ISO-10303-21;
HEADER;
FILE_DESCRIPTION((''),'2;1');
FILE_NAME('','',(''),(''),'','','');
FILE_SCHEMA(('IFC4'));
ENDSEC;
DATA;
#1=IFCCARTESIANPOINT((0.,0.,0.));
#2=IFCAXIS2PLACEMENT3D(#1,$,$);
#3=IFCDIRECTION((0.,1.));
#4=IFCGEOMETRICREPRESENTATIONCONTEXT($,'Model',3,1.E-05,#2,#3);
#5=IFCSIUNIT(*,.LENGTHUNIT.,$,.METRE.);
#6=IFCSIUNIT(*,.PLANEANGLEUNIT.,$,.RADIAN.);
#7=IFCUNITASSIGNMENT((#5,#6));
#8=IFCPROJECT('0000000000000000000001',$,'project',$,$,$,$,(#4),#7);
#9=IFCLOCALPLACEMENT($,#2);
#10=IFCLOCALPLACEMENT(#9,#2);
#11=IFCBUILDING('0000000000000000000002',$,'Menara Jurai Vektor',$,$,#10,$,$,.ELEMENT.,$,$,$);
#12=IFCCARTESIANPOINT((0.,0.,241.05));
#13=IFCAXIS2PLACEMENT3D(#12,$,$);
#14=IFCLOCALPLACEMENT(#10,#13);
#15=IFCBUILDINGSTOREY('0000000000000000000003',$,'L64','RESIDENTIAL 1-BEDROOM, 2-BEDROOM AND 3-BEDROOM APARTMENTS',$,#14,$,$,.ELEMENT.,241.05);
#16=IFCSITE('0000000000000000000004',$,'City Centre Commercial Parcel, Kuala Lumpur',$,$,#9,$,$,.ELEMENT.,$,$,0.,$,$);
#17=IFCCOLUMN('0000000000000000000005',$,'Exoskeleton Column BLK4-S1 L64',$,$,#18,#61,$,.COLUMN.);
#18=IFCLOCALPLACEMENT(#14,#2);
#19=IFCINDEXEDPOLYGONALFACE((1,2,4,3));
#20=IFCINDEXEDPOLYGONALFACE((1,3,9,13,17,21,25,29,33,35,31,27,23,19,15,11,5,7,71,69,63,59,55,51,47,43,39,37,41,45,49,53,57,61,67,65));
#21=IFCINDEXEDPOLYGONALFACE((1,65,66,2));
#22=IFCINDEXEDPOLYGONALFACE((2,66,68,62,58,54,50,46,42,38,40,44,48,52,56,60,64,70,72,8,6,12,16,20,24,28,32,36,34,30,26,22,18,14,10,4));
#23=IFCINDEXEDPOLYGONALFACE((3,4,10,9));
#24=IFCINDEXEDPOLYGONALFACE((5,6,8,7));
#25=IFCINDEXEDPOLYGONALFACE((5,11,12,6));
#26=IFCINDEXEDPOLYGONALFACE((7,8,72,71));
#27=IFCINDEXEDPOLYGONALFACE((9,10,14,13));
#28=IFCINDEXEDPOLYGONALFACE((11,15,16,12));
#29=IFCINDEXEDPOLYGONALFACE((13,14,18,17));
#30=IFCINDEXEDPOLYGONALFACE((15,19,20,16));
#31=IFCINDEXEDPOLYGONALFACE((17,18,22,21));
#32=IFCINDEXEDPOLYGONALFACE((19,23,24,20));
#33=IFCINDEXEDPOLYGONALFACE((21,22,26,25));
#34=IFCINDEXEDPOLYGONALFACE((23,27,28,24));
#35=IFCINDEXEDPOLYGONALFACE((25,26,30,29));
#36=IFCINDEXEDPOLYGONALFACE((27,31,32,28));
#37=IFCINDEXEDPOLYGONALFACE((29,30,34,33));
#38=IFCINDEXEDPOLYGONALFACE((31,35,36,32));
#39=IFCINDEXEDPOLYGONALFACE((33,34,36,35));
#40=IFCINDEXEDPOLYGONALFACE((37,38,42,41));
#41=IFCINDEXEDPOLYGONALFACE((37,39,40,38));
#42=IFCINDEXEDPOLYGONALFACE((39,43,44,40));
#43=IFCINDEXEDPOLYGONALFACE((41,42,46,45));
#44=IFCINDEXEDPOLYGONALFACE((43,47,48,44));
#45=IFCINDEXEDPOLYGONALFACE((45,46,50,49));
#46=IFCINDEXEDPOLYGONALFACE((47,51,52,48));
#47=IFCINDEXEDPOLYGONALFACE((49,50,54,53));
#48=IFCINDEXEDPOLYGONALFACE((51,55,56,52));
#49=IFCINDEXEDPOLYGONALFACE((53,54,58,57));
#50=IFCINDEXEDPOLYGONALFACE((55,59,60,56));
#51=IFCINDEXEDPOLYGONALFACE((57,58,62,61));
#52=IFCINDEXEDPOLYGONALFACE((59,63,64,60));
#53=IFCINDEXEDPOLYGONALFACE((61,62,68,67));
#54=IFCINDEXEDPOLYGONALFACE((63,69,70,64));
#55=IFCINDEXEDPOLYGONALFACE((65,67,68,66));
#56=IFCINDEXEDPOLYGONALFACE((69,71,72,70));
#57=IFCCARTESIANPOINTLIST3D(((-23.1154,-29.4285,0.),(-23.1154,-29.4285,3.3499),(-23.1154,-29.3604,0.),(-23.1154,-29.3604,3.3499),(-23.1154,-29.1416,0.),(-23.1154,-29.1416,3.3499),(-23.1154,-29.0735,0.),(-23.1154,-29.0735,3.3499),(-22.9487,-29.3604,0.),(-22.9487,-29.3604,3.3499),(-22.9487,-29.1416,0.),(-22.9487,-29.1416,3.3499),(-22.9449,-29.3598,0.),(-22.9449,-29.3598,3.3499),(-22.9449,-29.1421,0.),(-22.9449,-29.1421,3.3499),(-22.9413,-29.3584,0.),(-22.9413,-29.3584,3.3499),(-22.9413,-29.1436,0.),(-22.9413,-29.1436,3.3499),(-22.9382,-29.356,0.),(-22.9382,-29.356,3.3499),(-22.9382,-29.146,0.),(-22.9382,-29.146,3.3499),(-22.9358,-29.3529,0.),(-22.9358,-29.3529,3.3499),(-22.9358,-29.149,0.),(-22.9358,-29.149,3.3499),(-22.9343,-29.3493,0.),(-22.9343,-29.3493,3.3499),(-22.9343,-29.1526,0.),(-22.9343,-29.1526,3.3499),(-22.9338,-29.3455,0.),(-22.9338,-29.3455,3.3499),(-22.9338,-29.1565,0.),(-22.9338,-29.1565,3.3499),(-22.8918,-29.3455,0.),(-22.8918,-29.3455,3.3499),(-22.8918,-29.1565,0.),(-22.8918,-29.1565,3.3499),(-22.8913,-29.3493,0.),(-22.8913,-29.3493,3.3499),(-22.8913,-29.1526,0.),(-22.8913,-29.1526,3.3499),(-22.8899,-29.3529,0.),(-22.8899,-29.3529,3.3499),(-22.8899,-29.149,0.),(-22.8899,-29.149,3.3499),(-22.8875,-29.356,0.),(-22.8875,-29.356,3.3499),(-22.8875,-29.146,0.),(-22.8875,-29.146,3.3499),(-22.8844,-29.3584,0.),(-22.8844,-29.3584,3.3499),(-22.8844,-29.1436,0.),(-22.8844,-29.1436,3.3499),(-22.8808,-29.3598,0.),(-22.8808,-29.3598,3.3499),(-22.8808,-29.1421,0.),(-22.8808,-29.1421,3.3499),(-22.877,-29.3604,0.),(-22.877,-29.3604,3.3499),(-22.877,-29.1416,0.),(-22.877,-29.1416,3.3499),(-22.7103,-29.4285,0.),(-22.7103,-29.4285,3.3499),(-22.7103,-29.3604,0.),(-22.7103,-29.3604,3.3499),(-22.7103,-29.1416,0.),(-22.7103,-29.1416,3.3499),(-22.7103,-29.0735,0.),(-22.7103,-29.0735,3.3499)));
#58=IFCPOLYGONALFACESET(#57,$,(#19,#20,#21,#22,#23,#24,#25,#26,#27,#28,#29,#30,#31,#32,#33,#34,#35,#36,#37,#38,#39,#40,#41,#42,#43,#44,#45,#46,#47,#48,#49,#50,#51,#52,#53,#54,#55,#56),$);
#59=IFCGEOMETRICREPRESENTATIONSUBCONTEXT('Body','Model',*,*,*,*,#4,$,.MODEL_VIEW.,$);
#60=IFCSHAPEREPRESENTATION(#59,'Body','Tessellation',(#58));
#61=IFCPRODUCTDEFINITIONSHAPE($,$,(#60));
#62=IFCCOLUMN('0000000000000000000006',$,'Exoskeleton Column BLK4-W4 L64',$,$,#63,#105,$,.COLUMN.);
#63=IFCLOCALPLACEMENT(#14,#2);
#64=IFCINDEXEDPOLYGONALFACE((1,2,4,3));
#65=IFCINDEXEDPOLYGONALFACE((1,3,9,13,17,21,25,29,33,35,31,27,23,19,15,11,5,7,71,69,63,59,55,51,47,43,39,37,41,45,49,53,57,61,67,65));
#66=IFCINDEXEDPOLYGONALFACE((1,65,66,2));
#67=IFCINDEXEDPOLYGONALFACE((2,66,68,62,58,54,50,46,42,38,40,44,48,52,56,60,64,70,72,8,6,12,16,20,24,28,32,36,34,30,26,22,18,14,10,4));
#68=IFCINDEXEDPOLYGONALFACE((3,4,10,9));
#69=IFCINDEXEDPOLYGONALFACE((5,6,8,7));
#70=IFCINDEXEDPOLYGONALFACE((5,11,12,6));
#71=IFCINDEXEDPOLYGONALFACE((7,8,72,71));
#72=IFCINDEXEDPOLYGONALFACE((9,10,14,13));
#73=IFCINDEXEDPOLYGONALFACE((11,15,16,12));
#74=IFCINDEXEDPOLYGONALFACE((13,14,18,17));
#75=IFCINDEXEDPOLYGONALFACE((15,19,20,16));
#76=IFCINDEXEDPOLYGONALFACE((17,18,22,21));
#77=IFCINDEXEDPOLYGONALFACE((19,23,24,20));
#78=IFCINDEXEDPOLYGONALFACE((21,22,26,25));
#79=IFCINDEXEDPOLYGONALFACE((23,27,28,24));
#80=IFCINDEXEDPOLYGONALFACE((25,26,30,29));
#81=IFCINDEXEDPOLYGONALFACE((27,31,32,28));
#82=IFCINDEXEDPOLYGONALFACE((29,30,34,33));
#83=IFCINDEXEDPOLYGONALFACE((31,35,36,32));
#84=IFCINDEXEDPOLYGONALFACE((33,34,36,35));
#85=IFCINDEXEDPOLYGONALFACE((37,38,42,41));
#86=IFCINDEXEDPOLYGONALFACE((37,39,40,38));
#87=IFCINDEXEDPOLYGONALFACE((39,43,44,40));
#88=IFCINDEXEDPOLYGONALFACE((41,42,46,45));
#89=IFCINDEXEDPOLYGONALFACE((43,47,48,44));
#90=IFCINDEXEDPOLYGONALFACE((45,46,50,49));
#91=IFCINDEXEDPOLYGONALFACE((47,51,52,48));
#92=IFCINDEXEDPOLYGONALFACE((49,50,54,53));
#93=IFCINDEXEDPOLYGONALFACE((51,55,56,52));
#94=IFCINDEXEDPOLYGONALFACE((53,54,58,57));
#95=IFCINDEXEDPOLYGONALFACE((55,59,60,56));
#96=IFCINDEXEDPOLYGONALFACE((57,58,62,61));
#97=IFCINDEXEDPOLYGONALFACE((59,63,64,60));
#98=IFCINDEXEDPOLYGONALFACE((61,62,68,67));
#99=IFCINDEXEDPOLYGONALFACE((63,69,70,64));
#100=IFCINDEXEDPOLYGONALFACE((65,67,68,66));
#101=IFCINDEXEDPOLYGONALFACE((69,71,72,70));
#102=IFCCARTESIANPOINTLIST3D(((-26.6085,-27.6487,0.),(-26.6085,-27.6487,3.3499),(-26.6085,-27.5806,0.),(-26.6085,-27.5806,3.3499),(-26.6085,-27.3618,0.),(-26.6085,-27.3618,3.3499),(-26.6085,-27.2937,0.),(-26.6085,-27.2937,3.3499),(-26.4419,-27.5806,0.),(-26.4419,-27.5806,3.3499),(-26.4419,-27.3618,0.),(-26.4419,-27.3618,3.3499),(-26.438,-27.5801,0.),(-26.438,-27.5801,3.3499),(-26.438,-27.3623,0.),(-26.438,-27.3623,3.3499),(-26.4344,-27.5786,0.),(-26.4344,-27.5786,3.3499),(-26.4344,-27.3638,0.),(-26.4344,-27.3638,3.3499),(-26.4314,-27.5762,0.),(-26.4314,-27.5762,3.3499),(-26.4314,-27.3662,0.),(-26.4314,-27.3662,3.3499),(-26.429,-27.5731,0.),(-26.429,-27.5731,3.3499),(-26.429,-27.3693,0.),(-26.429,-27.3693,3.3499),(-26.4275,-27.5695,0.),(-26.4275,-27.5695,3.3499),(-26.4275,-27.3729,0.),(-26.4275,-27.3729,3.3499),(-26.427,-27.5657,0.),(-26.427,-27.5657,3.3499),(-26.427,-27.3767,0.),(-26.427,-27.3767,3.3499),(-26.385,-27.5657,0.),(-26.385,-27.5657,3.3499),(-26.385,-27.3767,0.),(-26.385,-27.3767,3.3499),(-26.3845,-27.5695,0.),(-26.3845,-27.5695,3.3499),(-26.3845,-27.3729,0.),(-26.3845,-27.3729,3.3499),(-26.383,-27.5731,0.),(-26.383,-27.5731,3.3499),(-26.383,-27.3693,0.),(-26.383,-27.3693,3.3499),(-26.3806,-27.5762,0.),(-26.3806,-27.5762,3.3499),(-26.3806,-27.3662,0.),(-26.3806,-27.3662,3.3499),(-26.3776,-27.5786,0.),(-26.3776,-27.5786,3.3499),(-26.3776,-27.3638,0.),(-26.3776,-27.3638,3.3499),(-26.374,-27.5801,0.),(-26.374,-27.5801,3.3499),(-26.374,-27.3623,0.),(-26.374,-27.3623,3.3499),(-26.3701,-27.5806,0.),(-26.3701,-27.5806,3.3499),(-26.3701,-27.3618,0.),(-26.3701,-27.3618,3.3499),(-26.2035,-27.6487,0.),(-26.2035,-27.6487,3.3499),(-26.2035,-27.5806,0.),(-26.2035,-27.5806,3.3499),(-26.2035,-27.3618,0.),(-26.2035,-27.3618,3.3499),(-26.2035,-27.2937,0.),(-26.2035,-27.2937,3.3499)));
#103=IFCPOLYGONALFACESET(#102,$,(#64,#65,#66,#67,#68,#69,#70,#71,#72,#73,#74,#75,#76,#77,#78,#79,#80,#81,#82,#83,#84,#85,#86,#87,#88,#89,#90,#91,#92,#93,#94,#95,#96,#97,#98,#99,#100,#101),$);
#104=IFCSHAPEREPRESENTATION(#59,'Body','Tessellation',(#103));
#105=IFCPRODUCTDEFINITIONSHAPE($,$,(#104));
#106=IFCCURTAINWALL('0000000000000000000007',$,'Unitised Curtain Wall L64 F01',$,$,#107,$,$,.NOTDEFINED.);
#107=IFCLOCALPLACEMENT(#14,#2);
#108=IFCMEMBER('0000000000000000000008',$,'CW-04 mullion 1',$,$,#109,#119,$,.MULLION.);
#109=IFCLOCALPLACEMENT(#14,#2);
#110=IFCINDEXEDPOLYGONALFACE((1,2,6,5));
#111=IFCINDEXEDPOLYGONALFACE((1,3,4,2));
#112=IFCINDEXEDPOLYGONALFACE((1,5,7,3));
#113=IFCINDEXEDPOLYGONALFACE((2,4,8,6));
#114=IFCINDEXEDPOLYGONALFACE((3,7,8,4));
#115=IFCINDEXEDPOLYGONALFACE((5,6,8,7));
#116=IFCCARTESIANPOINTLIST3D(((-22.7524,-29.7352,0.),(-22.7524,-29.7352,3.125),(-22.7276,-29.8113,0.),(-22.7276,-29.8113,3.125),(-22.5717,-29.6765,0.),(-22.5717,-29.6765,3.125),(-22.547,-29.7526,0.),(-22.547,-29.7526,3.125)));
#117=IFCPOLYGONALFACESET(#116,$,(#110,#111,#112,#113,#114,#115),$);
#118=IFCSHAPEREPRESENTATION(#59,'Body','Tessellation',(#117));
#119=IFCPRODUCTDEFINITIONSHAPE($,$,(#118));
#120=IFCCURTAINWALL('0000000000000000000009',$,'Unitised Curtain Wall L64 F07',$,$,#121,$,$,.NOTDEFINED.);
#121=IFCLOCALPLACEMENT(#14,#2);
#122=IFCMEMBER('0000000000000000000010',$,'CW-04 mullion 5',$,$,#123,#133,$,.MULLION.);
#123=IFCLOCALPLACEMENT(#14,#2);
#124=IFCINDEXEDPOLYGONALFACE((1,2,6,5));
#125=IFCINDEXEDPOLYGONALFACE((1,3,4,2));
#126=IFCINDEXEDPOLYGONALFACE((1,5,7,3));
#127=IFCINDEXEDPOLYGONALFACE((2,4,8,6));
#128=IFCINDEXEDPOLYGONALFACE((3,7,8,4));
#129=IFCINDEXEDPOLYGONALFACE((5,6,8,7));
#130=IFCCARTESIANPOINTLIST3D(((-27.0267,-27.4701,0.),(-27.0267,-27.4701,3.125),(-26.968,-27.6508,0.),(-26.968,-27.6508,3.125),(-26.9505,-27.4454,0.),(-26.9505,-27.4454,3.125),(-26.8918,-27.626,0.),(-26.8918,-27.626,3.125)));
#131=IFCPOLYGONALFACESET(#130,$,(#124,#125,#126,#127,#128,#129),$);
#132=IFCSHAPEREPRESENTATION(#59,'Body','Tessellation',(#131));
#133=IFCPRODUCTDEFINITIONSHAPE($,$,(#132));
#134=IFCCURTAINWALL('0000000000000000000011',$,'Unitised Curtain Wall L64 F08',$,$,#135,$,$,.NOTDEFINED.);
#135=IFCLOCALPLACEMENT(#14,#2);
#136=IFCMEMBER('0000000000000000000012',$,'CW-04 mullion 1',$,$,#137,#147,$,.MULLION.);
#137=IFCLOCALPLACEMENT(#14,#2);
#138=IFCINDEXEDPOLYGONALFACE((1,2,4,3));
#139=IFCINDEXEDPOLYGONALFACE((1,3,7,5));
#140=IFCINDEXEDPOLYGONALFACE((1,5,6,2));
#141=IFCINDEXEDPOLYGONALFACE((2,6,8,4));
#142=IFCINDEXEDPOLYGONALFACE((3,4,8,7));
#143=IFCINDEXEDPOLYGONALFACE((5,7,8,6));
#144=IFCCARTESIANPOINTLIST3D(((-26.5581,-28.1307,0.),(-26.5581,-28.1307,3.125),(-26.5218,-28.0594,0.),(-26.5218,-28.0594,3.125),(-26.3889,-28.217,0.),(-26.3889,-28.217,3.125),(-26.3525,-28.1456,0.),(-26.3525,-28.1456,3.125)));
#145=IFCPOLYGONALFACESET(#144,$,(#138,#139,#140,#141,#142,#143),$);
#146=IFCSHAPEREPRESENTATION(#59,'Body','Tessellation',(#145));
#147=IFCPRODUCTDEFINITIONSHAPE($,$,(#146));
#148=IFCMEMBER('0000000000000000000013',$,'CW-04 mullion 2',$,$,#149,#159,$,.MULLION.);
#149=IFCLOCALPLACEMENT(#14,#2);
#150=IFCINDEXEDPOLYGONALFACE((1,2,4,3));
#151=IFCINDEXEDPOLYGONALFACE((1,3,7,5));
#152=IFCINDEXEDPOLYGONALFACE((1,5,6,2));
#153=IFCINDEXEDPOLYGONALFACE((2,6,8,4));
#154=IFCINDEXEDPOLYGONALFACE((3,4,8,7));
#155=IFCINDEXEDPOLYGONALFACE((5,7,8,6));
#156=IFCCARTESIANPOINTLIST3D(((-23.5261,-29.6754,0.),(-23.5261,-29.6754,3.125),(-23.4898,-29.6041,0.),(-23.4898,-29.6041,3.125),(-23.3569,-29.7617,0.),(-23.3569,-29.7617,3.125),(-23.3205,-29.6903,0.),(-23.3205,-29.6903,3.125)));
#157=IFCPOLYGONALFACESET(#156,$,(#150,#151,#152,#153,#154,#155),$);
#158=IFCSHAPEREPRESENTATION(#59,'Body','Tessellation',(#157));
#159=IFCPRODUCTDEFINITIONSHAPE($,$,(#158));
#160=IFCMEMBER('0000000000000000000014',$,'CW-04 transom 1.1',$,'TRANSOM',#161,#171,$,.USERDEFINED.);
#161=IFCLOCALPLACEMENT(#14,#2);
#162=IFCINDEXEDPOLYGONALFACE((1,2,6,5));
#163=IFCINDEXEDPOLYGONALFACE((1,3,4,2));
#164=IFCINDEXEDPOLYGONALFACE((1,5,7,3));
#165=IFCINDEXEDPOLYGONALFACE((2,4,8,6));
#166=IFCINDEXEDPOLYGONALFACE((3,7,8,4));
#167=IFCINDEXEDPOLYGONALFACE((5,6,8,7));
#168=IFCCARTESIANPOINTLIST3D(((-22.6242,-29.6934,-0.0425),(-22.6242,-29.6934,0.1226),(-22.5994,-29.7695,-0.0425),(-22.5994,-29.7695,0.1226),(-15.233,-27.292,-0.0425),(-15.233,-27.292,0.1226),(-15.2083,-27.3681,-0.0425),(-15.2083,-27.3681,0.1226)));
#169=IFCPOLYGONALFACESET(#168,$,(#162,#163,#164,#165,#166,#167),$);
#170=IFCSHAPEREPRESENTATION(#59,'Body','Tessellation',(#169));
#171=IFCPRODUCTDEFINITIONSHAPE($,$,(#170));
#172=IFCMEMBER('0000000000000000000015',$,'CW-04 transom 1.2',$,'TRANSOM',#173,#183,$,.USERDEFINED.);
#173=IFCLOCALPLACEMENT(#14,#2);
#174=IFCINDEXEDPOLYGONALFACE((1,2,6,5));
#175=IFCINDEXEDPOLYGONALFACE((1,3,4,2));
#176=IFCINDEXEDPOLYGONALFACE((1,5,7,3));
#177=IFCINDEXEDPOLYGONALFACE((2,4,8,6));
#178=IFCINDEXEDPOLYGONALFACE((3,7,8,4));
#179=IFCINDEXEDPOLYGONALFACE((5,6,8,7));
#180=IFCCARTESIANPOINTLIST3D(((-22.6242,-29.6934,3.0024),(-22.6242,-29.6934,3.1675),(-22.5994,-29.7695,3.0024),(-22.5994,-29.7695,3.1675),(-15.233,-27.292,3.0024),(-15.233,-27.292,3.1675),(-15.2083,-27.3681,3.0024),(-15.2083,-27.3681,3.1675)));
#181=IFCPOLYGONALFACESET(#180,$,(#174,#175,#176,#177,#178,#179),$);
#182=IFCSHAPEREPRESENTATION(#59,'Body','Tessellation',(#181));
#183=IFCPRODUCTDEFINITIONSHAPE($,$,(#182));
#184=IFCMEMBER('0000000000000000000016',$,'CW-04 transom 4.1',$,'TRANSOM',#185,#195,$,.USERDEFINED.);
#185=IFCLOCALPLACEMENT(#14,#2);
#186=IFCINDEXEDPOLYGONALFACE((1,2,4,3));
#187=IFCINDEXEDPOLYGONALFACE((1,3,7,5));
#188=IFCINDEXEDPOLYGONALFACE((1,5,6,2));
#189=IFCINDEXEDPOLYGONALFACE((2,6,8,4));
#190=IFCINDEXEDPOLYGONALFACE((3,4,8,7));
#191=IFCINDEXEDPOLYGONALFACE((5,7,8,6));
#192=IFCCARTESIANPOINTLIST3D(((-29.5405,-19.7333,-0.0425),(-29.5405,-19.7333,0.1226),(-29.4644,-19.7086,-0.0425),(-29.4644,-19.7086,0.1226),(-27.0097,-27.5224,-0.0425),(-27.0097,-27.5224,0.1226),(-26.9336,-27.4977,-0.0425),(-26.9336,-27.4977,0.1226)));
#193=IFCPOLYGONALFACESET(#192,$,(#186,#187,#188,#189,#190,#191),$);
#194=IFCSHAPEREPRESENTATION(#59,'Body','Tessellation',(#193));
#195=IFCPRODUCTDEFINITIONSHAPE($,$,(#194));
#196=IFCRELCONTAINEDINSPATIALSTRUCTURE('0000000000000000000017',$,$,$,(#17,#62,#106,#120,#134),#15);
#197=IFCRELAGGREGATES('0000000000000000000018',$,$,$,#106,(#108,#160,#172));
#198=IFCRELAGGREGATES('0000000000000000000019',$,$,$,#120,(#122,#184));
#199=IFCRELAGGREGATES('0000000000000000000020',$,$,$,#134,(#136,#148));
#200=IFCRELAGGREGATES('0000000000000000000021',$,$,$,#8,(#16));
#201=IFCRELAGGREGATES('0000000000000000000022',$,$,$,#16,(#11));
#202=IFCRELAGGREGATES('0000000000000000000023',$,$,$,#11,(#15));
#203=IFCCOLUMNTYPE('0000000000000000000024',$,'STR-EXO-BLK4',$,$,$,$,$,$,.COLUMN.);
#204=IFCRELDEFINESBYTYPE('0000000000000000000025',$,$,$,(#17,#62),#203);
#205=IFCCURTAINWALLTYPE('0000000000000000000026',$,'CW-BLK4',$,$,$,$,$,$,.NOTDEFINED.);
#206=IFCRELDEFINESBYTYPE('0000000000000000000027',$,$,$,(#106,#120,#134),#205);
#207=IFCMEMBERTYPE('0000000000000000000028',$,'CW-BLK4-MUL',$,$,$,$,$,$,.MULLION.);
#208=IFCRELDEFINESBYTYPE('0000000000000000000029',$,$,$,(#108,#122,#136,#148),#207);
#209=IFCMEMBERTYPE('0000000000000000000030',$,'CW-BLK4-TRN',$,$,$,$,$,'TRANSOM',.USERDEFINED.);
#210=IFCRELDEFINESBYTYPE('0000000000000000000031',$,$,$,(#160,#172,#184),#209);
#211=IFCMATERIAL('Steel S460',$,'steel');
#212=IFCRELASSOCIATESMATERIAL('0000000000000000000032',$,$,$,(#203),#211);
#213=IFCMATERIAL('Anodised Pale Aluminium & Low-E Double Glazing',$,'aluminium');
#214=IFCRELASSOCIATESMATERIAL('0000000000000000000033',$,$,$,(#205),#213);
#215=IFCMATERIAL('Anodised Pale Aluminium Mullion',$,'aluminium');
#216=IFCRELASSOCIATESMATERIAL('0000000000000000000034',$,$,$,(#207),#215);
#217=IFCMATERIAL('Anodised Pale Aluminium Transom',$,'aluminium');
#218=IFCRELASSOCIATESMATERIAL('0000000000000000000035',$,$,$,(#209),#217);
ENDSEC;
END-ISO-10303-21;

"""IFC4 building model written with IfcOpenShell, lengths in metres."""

from ifc_helpers import new_model, si_unit, direction, frame, origin, origin_2d, place, context, subcontext, project, spatial, rectangle, i_section, extrude, material, material_profile, profile_set, type_object, element, aggregate, save


model = new_model("IFC4")

# Units and contexts
model_context = context("Model", 3, precision=1e-05, world=origin(), true_north=direction((0.0, 1.0)))
body_context = subcontext(model_context, "Body", "Model", "MODEL_VIEW")
ifc_project = project(units=[si_unit("LENGTHUNIT", "METRE"), si_unit("PLANEANGLEUNIT", "RADIAN")], contexts=[model_context])

# Site, building, storey
site_placement = place(None, origin())
site = spatial("IfcSite", under=ifc_project, at=site_placement, Name="City Centre Commercial Parcel, Kuala Lumpur", CompositionType="ELEMENT", RefElevation=0.0)
building_placement = place(site_placement, origin())
building = spatial("IfcBuilding", under=site, at=building_placement, Name="Menara Jurai Vektor", CompositionType="ELEMENT")
storey_placement = place(building_placement, frame((0.0, 0.0, 241.05)))
storey = spatial("IfcBuildingStorey", under=building, at=storey_placement, Name="L64", Description="RESIDENTIAL 1-BEDROOM, 2-BEDROOM AND 3-BEDROOM APARTMENTS", CompositionType="ELEMENT", Elevation=241.05)

# Columns
ifc_material_1 = material(Name="Steel S460", Category="steel")
ifc_material_profile_1 = material_profile(ifc_material_1, i_section(OverallWidth=0.405, OverallDepth=0.355, WebThickness=0.042, FlangeThickness=0.0681, FilletRadius=0.0149, at=origin_2d()), Name="HD 400x551")
ifc_profile_set_1 = profile_set([ifc_material_profile_1], Name="Steel S460")
column_type = type_object("IfcColumnType", Name="STR-EXO-BLK4", PredefinedType="COLUMN", material=ifc_profile_set_1)
for number, where, z_axis, x_axis, name in (
    (1, (-22.9128, -29.251, 0.0), (0.0, 0.0, 1.0), (1.0, 0.0, 0.0), "Exoskeleton Column BLK4-S1 L64"),
    (2, (-26.406, -27.4712, 0.0), (0.0, 0.0, 1.0), (1.0, 0.0, 0.0), "Exoskeleton Column BLK4-W4 L64"),
):
    element("IfcColumn", number, at=place(storey_placement, frame(where, z_axis=z_axis, x_axis=x_axis)), inside=storey, type_object=column_type, Name=name, PredefinedType="COLUMN", context=body_context, shape_type="SweptSolid", body=[
        extrude(i_section(OverallWidth=0.405, OverallDepth=0.355, WebThickness=0.042, FlangeThickness=0.0681, FilletRadius=0.0149, at=origin_2d()), origin(), (0.0, 0.0, 1.0), 3.3499),
    ])

# Curtain walls, members
ifc_material_2 = material(Name="Anodised Pale Aluminium & Low-E Double Glazing", Category="aluminium")
curtain_wall_type = type_object("IfcCurtainWallType", Name="CW-BLK4", PredefinedType="NOTDEFINED", material=ifc_material_2)
curtain_wall_1_placement = place(storey_placement, origin())
curtain_wall_1 = element("IfcCurtainWall", 3, at=curtain_wall_1_placement, inside=storey, type_object=curtain_wall_type, Name="Unitised Curtain Wall L64 F01", PredefinedType="NOTDEFINED")
ifc_material_3 = material(Name="Anodised Pale Aluminium Mullion", Category="aluminium")
ifc_material_profile_2 = material_profile(ifc_material_3, rectangle(XDim=0.0801, YDim=0.1899, at=origin_2d()), Name="ALU MUL 80x190")
ifc_profile_set_2 = profile_set([ifc_material_profile_2], Name="Anodised Pale Aluminium Mullion")
member_type_1 = type_object("IfcMemberType", Name="CW-BLK4-MUL", PredefinedType="MULLION", material=ifc_profile_set_2)
member_1_placement = place(storey_placement, frame((-22.6497, -29.7439, 0.0), z_axis=(0.0, 0.0, 1.0), x_axis=(-0.309017, 0.951056, 0.0)))
member_1 = element("IfcMember", 4, at=member_1_placement, type_object=member_type_1, Name="CW-04 mullion 1", PredefinedType="MULLION", context=body_context, shape_type="SweptSolid", body=[
    extrude(rectangle(XDim=0.0801, YDim=0.1899, at=origin_2d()), origin(), (0.0, 0.0, 1.0), 3.125),
])
curtain_wall_2_placement = place(storey_placement, origin())
curtain_wall_2 = element("IfcCurtainWall", 5, at=curtain_wall_2_placement, inside=storey, type_object=curtain_wall_type, Name="Unitised Curtain Wall L64 F07", PredefinedType="NOTDEFINED")
member_2_placement = place(storey_placement, frame((-26.9592, -27.5481, 0.0), z_axis=(0.0, 0.0, 1.0), x_axis=(0.951057, 0.309016, 0.0)))
member_2 = element("IfcMember", 6, at=member_2_placement, type_object=member_type_1, Name="CW-04 mullion 5", PredefinedType="MULLION", context=body_context, shape_type="SweptSolid", body=[
    extrude(rectangle(XDim=0.0801, YDim=0.1899, at=origin_2d()), origin(), (0.0, 0.0, 1.0), 3.125),
])

# Curtain wall, members
curtain_wall_3_placement = place(storey_placement, origin())
curtain_wall_3 = element("IfcCurtainWall", 7, at=curtain_wall_3_placement, inside=storey, type_object=curtain_wall_type, Name="Unitised Curtain Wall L64 F08", PredefinedType="NOTDEFINED")
member_3_placement = place(storey_placement, frame((-26.4553, -28.1382, 0.0), z_axis=(0.0, 0.0, 1.0), x_axis=(0.453989, 0.891008, 0.0)))
member_3 = element("IfcMember", 8, at=member_3_placement, type_object=member_type_1, Name="CW-04 mullion 1", PredefinedType="MULLION", context=body_context, shape_type="SweptSolid", body=[
    extrude(rectangle(XDim=0.0801, YDim=0.1899, at=origin_2d()), origin(), (0.0, 0.0, 1.0), 3.125),
])
member_4_placement = place(storey_placement, frame((-23.4233, -29.6829, 0.0), z_axis=(0.0, 0.0, 1.0), x_axis=(0.453989, 0.891008, 0.0)))
member_4 = element("IfcMember", 9, at=member_4_placement, type_object=member_type_1, Name="CW-04 mullion 2", PredefinedType="MULLION", context=body_context, shape_type="SweptSolid", body=[
    extrude(rectangle(XDim=0.0801, YDim=0.1899, at=origin_2d()), origin(), (0.0, 0.0, 1.0), 3.125),
])

# Members
ifc_material_4 = material(Name="Anodised Pale Aluminium Transom", Category="aluminium")
ifc_material_profile_3 = material_profile(ifc_material_4, rectangle(XDim=0.0801, YDim=0.165, at=origin_2d()), Name="ALU TRN 80x165")
ifc_profile_set_3 = profile_set([ifc_material_profile_3], Name="Anodised Pale Aluminium Transom")
member_type_2 = type_object("IfcMemberType", Name="CW-BLK4-TRN", ElementType="TRANSOM", PredefinedType="USERDEFINED", material=ifc_profile_set_3)
member_5_placement = place(storey_placement, frame((-22.6118, -29.7314, 0.04), z_axis=(0.951062, 0.308999, 0.0), x_axis=(-0.308999, 0.951062, 0.0)))
member_5 = element("IfcMember", 10, at=member_5_placement, type_object=member_type_2, Name="CW-04 transom 1.1", ObjectType="TRANSOM", PredefinedType="USERDEFINED", context=body_context, shape_type="SweptSolid", body=[
    extrude(rectangle(XDim=0.0801, YDim=0.165, at=origin_2d()), origin(), (0.0, 0.0, 1.0), 7.7715),
])
member_6_placement = place(storey_placement, frame((-22.6118, -29.7314, 3.085), z_axis=(0.951062, 0.308999, 0.0), x_axis=(-0.308999, 0.951062, 0.0)))
member_6 = element("IfcMember", 11, at=member_6_placement, type_object=member_type_2, Name="CW-04 transom 1.2", ObjectType="TRANSOM", PredefinedType="USERDEFINED", context=body_context, shape_type="SweptSolid", body=[
    extrude(rectangle(XDim=0.0801, YDim=0.165, at=origin_2d()), origin(), (0.0, 0.0, 1.0), 7.7715),
])
aggregate(curtain_wall_1, [member_1, member_5, member_6])
member_7_placement = place(storey_placement, frame((-29.5024, -19.7209, 0.04), z_axis=(0.309011, -0.951059, 0.0), x_axis=(0.951059, 0.309011, 0.0)))
member_7 = element("IfcMember", 12, at=member_7_placement, type_object=member_type_2, Name="CW-04 transom 4.1", ObjectType="TRANSOM", PredefinedType="USERDEFINED", context=body_context, shape_type="SweptSolid", body=[
    extrude(rectangle(XDim=0.0801, YDim=0.165, at=origin_2d()), origin(), (0.0, 0.0, 1.0), 8.1899),
])

aggregate(curtain_wall_2, [member_2, member_7])
aggregate(curtain_wall_3, [member_3, member_4])

save(model, "model.ifc")
